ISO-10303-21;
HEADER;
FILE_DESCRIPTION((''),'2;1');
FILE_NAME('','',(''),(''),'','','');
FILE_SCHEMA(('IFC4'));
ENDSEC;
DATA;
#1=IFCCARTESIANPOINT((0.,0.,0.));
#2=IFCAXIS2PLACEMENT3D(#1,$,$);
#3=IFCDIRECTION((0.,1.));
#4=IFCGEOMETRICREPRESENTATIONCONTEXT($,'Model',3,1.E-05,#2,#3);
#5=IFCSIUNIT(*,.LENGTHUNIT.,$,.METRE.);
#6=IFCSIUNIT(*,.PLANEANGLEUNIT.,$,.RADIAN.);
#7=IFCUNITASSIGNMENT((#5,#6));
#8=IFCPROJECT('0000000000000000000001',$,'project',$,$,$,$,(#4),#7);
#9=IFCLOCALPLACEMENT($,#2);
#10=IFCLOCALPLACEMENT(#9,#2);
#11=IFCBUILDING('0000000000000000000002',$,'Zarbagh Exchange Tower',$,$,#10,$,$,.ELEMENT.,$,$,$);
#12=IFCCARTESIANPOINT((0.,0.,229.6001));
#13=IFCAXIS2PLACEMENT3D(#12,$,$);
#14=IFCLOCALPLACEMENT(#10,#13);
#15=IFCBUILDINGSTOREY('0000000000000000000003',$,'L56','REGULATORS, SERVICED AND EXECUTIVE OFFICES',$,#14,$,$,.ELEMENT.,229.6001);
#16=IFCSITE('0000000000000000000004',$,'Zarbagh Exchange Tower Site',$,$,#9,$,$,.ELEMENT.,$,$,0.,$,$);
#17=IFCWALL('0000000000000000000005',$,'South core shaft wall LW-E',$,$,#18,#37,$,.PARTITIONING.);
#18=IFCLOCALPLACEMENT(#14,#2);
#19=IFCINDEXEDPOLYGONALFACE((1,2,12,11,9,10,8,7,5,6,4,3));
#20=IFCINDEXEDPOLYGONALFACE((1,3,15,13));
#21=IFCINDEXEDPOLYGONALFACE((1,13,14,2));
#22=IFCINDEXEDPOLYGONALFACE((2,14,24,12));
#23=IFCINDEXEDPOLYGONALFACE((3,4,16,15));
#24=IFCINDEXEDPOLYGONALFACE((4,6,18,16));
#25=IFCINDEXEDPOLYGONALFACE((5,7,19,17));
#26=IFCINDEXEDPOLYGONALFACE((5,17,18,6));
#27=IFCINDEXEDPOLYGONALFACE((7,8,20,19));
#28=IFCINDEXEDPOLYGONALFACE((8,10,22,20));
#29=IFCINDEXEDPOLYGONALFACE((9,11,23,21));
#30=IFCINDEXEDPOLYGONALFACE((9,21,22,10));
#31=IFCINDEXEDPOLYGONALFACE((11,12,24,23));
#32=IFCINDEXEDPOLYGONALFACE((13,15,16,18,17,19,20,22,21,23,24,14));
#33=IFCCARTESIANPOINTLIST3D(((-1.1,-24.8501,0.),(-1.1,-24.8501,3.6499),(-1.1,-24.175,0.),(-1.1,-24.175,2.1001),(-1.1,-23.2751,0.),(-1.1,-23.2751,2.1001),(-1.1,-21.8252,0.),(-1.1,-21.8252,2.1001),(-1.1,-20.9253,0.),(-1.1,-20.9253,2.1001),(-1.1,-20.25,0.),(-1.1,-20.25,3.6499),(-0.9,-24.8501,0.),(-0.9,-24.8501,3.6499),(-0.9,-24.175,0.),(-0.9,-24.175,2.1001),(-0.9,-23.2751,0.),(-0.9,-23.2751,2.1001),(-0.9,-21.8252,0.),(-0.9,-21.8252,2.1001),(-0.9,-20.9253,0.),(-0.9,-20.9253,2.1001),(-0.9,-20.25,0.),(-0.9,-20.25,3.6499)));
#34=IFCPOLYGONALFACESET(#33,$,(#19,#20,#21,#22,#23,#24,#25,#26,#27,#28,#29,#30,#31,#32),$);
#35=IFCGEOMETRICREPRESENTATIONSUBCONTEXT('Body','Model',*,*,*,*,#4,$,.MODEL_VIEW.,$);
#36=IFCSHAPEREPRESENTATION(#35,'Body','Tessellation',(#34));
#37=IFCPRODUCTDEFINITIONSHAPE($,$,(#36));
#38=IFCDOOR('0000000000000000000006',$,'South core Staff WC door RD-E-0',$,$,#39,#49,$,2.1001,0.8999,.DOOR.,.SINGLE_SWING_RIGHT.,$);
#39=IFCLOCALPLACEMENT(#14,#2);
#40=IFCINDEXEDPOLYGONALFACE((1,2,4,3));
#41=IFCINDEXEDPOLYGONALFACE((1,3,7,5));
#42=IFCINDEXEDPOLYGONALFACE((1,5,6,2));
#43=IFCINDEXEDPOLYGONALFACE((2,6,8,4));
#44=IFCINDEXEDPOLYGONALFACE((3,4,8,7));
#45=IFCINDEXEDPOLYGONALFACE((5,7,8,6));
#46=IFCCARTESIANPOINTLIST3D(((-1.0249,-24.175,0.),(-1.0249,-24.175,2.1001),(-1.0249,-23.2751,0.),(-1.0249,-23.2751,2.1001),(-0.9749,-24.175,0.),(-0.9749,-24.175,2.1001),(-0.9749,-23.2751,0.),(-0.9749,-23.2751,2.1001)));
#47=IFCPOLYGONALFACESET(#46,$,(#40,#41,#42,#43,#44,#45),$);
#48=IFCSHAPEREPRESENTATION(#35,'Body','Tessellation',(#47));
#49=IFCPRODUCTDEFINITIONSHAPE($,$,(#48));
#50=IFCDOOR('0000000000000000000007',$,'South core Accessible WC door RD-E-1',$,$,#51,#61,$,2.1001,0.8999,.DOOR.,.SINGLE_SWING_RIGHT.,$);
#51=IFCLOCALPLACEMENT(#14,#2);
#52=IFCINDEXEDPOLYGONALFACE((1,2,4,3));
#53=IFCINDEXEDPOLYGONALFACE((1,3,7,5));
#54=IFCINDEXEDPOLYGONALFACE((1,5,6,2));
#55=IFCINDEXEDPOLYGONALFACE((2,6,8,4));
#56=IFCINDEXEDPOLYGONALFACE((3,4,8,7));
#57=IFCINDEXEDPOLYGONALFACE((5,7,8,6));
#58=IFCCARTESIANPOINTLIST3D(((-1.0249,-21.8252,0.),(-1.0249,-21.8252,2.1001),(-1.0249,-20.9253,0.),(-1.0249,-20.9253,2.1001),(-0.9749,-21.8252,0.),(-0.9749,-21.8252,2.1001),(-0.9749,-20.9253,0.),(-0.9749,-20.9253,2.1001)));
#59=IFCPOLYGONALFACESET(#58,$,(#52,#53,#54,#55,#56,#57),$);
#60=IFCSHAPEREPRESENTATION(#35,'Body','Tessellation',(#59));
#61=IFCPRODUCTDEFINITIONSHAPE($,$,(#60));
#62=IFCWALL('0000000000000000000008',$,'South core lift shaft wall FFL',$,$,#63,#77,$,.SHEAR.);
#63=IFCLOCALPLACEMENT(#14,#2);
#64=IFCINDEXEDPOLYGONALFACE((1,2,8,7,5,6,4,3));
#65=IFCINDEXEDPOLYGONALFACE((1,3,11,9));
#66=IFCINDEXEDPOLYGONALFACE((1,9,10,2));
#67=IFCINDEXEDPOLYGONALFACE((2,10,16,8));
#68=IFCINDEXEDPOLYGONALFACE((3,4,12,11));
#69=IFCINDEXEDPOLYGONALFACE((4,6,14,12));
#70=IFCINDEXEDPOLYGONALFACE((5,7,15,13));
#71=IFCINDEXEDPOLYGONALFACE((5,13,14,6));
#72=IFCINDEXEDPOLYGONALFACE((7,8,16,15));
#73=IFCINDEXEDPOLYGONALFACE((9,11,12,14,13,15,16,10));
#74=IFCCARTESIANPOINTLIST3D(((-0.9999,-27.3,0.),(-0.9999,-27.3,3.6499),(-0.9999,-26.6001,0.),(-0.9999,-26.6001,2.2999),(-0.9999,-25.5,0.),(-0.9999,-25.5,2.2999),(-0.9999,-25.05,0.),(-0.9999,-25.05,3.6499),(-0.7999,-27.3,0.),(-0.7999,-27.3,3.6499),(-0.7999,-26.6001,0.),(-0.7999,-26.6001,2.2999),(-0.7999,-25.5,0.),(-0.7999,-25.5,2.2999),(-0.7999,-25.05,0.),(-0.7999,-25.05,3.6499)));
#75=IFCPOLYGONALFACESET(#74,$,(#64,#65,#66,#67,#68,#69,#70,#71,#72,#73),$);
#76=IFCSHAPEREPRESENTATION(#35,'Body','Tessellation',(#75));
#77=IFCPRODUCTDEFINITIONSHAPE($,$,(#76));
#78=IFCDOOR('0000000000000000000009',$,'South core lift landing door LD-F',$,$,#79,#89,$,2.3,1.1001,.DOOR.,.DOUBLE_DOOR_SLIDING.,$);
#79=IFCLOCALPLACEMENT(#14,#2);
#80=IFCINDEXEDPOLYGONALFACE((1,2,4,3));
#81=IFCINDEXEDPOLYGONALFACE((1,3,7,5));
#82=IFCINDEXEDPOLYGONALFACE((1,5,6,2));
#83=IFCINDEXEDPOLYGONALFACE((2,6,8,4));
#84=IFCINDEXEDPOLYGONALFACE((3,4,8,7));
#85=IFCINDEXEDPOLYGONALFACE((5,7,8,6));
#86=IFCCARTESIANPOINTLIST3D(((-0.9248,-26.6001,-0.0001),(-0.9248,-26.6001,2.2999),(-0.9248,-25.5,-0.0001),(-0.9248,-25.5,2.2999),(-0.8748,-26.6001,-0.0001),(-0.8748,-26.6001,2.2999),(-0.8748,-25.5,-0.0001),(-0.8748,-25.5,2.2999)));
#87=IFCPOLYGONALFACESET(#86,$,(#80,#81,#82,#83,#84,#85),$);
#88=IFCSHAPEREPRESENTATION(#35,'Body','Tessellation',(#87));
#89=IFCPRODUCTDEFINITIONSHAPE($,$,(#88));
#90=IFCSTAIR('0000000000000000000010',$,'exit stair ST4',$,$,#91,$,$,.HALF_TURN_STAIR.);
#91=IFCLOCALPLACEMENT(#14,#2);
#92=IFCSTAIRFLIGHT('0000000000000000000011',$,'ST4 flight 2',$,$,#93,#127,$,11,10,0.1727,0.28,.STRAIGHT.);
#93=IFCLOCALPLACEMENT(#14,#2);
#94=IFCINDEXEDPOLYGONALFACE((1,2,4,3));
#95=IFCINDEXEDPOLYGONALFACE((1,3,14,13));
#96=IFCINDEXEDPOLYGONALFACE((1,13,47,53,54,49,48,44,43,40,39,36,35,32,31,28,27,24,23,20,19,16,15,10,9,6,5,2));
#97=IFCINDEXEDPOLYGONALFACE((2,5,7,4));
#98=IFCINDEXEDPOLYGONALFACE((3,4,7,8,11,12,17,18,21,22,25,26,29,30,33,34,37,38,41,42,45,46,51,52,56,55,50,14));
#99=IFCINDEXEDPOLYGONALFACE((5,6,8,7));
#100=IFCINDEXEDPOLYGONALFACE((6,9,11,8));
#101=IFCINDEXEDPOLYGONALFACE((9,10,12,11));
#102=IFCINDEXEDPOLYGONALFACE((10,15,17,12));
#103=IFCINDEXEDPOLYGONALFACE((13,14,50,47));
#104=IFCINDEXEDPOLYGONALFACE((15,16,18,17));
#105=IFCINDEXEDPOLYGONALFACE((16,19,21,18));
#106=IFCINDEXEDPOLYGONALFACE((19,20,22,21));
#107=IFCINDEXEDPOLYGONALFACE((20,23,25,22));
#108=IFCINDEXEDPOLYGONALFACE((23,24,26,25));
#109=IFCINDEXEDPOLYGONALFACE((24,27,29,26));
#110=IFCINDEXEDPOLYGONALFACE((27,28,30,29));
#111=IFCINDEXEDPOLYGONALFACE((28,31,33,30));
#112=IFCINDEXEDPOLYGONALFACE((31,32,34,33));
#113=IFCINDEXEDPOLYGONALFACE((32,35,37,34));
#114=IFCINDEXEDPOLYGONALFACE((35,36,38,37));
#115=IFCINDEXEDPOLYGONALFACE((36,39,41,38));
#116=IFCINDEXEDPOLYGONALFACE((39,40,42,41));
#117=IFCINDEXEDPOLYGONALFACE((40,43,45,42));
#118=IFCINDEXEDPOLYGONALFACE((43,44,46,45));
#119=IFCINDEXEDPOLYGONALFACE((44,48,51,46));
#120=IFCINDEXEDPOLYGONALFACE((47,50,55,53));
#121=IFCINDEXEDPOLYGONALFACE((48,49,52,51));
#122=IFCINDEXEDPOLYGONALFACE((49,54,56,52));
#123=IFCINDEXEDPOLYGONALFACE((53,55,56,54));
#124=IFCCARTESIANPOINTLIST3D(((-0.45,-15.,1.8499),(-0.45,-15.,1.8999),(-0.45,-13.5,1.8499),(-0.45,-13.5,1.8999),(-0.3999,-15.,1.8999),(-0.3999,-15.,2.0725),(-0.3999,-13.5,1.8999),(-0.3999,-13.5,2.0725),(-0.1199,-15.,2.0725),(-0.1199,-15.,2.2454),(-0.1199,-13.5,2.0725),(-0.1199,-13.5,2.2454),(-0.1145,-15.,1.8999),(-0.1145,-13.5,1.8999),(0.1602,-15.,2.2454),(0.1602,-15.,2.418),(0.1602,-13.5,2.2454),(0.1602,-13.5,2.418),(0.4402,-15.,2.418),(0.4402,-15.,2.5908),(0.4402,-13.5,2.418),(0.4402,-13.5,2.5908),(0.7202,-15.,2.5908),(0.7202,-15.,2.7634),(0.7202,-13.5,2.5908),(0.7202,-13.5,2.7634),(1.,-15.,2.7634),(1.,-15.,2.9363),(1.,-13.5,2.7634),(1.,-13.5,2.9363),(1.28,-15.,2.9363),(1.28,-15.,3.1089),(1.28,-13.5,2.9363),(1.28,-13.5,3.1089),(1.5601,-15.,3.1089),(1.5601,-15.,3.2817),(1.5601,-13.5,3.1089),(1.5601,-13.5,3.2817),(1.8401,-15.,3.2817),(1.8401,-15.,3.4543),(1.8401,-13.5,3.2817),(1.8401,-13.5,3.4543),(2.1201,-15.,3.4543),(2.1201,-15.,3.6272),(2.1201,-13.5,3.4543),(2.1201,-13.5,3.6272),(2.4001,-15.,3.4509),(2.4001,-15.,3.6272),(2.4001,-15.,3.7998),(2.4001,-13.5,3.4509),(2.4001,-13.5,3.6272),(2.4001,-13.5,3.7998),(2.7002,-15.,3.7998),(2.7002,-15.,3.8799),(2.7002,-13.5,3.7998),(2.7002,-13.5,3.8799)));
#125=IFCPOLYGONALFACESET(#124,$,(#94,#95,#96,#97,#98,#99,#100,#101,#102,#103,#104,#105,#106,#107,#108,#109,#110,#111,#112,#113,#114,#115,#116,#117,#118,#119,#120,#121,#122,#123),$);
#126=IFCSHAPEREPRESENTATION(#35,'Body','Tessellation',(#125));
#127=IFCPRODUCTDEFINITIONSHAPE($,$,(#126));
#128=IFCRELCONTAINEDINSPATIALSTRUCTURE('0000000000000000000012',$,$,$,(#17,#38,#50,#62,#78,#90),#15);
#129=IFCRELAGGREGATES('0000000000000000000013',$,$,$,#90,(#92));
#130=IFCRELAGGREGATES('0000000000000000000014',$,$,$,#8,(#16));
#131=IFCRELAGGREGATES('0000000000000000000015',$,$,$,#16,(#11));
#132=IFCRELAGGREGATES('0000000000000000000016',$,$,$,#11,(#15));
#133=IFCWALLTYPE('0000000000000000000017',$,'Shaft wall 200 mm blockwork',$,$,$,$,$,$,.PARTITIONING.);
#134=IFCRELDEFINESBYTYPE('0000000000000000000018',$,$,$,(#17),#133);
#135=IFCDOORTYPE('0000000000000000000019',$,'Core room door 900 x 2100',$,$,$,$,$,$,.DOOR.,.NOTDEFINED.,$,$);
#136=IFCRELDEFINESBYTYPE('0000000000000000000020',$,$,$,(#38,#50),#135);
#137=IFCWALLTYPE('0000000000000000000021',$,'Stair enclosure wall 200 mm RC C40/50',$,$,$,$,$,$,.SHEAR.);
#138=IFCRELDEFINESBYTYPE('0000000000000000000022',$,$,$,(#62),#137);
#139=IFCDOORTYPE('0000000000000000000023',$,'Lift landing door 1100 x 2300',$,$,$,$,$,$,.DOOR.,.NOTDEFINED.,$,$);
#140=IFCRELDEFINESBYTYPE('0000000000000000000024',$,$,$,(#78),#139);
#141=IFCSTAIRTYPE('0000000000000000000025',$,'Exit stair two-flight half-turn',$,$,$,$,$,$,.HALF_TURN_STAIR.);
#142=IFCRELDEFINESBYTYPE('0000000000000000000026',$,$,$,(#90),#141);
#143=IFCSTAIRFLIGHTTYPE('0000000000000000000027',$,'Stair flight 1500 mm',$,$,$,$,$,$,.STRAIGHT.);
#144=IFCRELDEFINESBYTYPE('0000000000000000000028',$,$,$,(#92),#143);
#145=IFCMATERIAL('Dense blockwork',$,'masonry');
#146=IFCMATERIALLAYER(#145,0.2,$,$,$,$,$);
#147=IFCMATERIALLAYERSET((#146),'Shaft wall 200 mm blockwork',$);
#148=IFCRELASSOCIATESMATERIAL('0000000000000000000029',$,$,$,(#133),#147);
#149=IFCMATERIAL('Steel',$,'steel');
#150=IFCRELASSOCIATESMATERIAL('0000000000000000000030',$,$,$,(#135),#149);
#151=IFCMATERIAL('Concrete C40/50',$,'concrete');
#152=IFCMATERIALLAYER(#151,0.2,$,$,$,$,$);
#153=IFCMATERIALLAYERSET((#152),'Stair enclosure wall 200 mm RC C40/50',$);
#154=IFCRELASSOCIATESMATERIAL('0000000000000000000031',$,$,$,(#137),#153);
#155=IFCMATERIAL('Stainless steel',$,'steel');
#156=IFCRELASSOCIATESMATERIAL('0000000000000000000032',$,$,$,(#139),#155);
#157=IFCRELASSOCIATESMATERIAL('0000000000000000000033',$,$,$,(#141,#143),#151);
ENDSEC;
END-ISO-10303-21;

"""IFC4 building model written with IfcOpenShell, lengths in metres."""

from ifc_helpers import new_model, si_unit, direction, frame, frame_2d, origin, place, context, subcontext, project, spatial, polyline, rectangle, outline, extrude, material, layer, layer_set, type_object, element, fill, aggregate, save


model = new_model("IFC4")

# Units and contexts
model_context = context("Model", 3, precision=1e-05, world=origin(), true_north=direction((0.0, 1.0)))
body_context = subcontext(model_context, "Body", "Model", "MODEL_VIEW")
ifc_project = project(units=[si_unit("LENGTHUNIT", "METRE"), si_unit("PLANEANGLEUNIT", "RADIAN")], contexts=[model_context])

# Site, building, storey
site_placement = place(None, origin())
site = spatial("IfcSite", under=ifc_project, at=site_placement, Name="Zarbagh Exchange Tower Site", CompositionType="ELEMENT", RefElevation=0.0)
building_placement = place(site_placement, origin())
building = spatial("IfcBuilding", under=site, at=building_placement, Name="Zarbagh Exchange Tower", CompositionType="ELEMENT")
storey_placement = place(building_placement, frame((0.0, 0.0, 229.6001)))
storey = spatial("IfcBuildingStorey", under=building, at=storey_placement, Name="L56", Description="REGULATORS, SERVICED AND EXECUTIVE OFFICES", CompositionType="ELEMENT", Elevation=229.6001)

# Shared definitions
ifc_material_1 = material(Name="Concrete C40/50", Category="concrete")

# Shared definitions
ifc_material_2 = material(Name="Dense blockwork", Category="masonry")

# Shared definitions
ifc_layer_1 = layer(ifc_material_2, 0.2)
ifc_layer_set_1 = layer_set([ifc_layer_1], Name="Shaft wall 200 mm blockwork")
wall_type_1 = type_object("IfcWallType", Name="Shaft wall 200 mm blockwork", PredefinedType="PARTITIONING", material=ifc_layer_set_1)

# Wall, openings, doors
wall_1_placement = place(storey_placement, frame((-1.0, -24.8501, 0.0), z_axis=(0.0, 0.0, 1.0), x_axis=(0.0, 1.0, 0.0)))
wall_1 = element("IfcWall", 1, at=wall_1_placement, inside=storey, type_object=wall_type_1, Name="South core shaft wall LW-E", PredefinedType="PARTITIONING", context=body_context, shape_type="SweptSolid", body=[
    extrude(rectangle(XDim=4.6001, YDim=0.2, at=frame_2d((2.3, 0.0))), origin(), (0.0, 0.0, 1.0), 3.6499),
])
opening_1_placement = place(wall_1_placement, frame((0.675, 0.0, 0.0)))
opening_1 = element("IfcOpeningElement", 2, at=opening_1_placement, cuts=wall_1, PredefinedType="OPENING", context=body_context, shape_type="SweptSolid", body=[
    extrude(rectangle(XDim=0.8999, YDim=2.1001, at=frame_2d((0.45, 1.05))), frame((0.0, 0.1099, 0.0), z_axis=(0.0, -1.0, 0.0), x_axis=(1.0, 0.0, 0.0)), (0.0, 0.0, 1.0), 0.22),
])
opening_2_placement = place(wall_1_placement, frame((3.0249, 0.0, 0.0)))
opening_2 = element("IfcOpeningElement", 3, at=opening_2_placement, cuts=wall_1, PredefinedType="OPENING", context=body_context, shape_type="SweptSolid", body=[
    extrude(rectangle(XDim=0.8999, YDim=2.1001, at=frame_2d((0.45, 1.05))), frame((0.0, 0.1099, 0.0), z_axis=(0.0, -1.0, 0.0), x_axis=(1.0, 0.0, 0.0)), (0.0, 0.0, 1.0), 0.22),
])
ifc_material_3 = material(Name="Steel", Category="steel")
door_type_1 = type_object("IfcDoorType", Name="Core room door 900 x 2100", OperationType="NOTDEFINED", PredefinedType="DOOR", material=ifc_material_3)
door_1_placement = place(opening_1_placement, origin())
door_1 = element("IfcDoor", 4, at=door_1_placement, inside=storey, type_object=door_type_1, Name="South core Staff WC door RD-E-0", OperationType="SINGLE_SWING_RIGHT", OverallHeight=2.1001, OverallWidth=0.8999, PredefinedType="DOOR", context=body_context, shape_type="SweptSolid", body=[
    extrude(rectangle(XDim=0.8999, YDim=2.1001, at=frame_2d((0.45, 1.05))), frame((0.0, 0.0249, 0.0), z_axis=(0.0, -1.0, 0.0), x_axis=(1.0, 0.0, 0.0)), (0.0, 0.0, 1.0), 0.05),
])
fill(opening_1, door_1)
door_2_placement = place(opening_2_placement, origin())
door_2 = element("IfcDoor", 5, at=door_2_placement, inside=storey, type_object=door_type_1, Name="South core Accessible WC door RD-E-1", OperationType="SINGLE_SWING_RIGHT", OverallHeight=2.1001, OverallWidth=0.8999, PredefinedType="DOOR", context=body_context, shape_type="SweptSolid", body=[
    extrude(rectangle(XDim=0.8999, YDim=2.1001, at=frame_2d((0.45, 1.05))), frame((0.0, 0.0249, 0.0), z_axis=(0.0, -1.0, 0.0), x_axis=(1.0, 0.0, 0.0)), (0.0, 0.0, 1.0), 0.05),
])
fill(opening_2, door_2)

# Wall, opening, door
ifc_layer_2 = layer(ifc_material_1, 0.2)
ifc_layer_set_2 = layer_set([ifc_layer_2], Name="Stair enclosure wall 200 mm RC C40/50")
wall_type_2 = type_object("IfcWallType", Name="Stair enclosure wall 200 mm RC C40/50", PredefinedType="SHEAR", material=ifc_layer_set_2)
wall_2_placement = place(storey_placement, frame((-0.8999, -27.3, 0.0), z_axis=(0.0, 0.0, 1.0), x_axis=(0.0, 1.0, 0.0)))
wall_2 = element("IfcWall", 6, at=wall_2_placement, inside=storey, type_object=wall_type_2, Name="South core lift shaft wall FFL", PredefinedType="SHEAR", context=body_context, shape_type="SweptSolid", body=[
    extrude(rectangle(XDim=2.25, YDim=0.2, at=frame_2d((1.125, 0.0))), origin(), (0.0, 0.0, 1.0), 3.6499),
])
opening_3_placement = place(wall_2_placement, frame((0.7, 0.0, 0.0)))
opening_3 = element("IfcOpeningElement", 7, at=opening_3_placement, cuts=wall_2, PredefinedType="OPENING", context=body_context, shape_type="SweptSolid", body=[
    extrude(rectangle(XDim=1.1001, YDim=2.3, at=frame_2d((0.55, 1.1499))), frame((0.0, 0.1099, 0.0), z_axis=(0.0, -1.0, 0.0), x_axis=(1.0, 0.0, 0.0)), (0.0, 0.0, 1.0), 0.22),
])
ifc_material_4 = material(Name="Stainless steel", Category="steel")
door_type_2 = type_object("IfcDoorType", Name="Lift landing door 1100 x 2300", OperationType="NOTDEFINED", PredefinedType="DOOR", material=ifc_material_4)
door_3_placement = place(opening_3_placement, origin())
door_3 = element("IfcDoor", 8, at=door_3_placement, inside=storey, type_object=door_type_2, Name="South core lift landing door LD-F", OperationType="DOUBLE_DOOR_SLIDING", OverallHeight=2.3, OverallWidth=1.1001, PredefinedType="DOOR", context=body_context, shape_type="SweptSolid", body=[
    extrude(rectangle(XDim=1.1001, YDim=2.3, at=frame_2d((0.55, 1.1499))), frame((0.0, 0.0249, 0.0), z_axis=(0.0, -1.0, 0.0), x_axis=(1.0, 0.0, 0.0)), (0.0, 0.0, 1.0), 0.05),
])
fill(opening_3, door_3)

# Stair, stair flight
stair_type = type_object("IfcStairType", Name="Exit stair two-flight half-turn", PredefinedType="HALF_TURN_STAIR", material=ifc_material_1)
stair_placement = place(storey_placement, origin())
stair = element("IfcStair", 9, at=stair_placement, inside=storey, type_object=stair_type, Name="exit stair ST4", PredefinedType="HALF_TURN_STAIR")
stair_flight_type = type_object("IfcStairFlightType", Name="Stair flight 1500 mm", PredefinedType="STRAIGHT", material=ifc_material_1)
stair_flight_placement = place(storey_placement, frame((-0.3999, -14.25, 1.8999), z_axis=(0.0, 0.0, 1.0), x_axis=(1.0, 0.0, 0.0)))
stair_flight = element("IfcStairFlight", 10, at=stair_flight_placement, type_object=stair_flight_type, Name="ST4 flight 2", NumberOfRisers=11, NumberOfTreads=10, PredefinedType="STRAIGHT", RiserHeight=0.1727, TreadLength=0.28, context=body_context, shape_type="SweptSolid", body=[
    extrude(outline(polyline([(-0.05, -0.05), (-0.05, 0.0), (0.0, 0.0), (0.0, 0.1726), (0.28, 0.1726), (0.28, 0.3455), (0.5601, 0.3455), (0.5601, 0.5181), (0.8401, 0.5181), (0.8401, 0.6909), (1.1201, 0.6909), (1.1201, 0.8635), (1.3999, 0.8635), (1.3999, 1.0364), (1.6799, 1.0364), (1.6799, 1.209), (1.96, 1.209), (1.96, 1.3818), (2.24, 1.3818), (2.24, 1.5544), (2.52, 1.5544), (2.52, 1.7273), (2.8, 1.7273), (2.8, 1.8999), (3.1001, 1.98), (3.1001, 1.8999), (2.8, 1.551), (0.2854, 0.0), (-0.05, -0.05)])), frame((0.0, 0.75, 0.0), z_axis=(0.0, -1.0, 0.0), x_axis=(1.0, 0.0, 0.0)), (0.0, 0.0, 1.0), 1.5),
])
aggregate(stair, [stair_flight])

save(model, "model.ifc")
